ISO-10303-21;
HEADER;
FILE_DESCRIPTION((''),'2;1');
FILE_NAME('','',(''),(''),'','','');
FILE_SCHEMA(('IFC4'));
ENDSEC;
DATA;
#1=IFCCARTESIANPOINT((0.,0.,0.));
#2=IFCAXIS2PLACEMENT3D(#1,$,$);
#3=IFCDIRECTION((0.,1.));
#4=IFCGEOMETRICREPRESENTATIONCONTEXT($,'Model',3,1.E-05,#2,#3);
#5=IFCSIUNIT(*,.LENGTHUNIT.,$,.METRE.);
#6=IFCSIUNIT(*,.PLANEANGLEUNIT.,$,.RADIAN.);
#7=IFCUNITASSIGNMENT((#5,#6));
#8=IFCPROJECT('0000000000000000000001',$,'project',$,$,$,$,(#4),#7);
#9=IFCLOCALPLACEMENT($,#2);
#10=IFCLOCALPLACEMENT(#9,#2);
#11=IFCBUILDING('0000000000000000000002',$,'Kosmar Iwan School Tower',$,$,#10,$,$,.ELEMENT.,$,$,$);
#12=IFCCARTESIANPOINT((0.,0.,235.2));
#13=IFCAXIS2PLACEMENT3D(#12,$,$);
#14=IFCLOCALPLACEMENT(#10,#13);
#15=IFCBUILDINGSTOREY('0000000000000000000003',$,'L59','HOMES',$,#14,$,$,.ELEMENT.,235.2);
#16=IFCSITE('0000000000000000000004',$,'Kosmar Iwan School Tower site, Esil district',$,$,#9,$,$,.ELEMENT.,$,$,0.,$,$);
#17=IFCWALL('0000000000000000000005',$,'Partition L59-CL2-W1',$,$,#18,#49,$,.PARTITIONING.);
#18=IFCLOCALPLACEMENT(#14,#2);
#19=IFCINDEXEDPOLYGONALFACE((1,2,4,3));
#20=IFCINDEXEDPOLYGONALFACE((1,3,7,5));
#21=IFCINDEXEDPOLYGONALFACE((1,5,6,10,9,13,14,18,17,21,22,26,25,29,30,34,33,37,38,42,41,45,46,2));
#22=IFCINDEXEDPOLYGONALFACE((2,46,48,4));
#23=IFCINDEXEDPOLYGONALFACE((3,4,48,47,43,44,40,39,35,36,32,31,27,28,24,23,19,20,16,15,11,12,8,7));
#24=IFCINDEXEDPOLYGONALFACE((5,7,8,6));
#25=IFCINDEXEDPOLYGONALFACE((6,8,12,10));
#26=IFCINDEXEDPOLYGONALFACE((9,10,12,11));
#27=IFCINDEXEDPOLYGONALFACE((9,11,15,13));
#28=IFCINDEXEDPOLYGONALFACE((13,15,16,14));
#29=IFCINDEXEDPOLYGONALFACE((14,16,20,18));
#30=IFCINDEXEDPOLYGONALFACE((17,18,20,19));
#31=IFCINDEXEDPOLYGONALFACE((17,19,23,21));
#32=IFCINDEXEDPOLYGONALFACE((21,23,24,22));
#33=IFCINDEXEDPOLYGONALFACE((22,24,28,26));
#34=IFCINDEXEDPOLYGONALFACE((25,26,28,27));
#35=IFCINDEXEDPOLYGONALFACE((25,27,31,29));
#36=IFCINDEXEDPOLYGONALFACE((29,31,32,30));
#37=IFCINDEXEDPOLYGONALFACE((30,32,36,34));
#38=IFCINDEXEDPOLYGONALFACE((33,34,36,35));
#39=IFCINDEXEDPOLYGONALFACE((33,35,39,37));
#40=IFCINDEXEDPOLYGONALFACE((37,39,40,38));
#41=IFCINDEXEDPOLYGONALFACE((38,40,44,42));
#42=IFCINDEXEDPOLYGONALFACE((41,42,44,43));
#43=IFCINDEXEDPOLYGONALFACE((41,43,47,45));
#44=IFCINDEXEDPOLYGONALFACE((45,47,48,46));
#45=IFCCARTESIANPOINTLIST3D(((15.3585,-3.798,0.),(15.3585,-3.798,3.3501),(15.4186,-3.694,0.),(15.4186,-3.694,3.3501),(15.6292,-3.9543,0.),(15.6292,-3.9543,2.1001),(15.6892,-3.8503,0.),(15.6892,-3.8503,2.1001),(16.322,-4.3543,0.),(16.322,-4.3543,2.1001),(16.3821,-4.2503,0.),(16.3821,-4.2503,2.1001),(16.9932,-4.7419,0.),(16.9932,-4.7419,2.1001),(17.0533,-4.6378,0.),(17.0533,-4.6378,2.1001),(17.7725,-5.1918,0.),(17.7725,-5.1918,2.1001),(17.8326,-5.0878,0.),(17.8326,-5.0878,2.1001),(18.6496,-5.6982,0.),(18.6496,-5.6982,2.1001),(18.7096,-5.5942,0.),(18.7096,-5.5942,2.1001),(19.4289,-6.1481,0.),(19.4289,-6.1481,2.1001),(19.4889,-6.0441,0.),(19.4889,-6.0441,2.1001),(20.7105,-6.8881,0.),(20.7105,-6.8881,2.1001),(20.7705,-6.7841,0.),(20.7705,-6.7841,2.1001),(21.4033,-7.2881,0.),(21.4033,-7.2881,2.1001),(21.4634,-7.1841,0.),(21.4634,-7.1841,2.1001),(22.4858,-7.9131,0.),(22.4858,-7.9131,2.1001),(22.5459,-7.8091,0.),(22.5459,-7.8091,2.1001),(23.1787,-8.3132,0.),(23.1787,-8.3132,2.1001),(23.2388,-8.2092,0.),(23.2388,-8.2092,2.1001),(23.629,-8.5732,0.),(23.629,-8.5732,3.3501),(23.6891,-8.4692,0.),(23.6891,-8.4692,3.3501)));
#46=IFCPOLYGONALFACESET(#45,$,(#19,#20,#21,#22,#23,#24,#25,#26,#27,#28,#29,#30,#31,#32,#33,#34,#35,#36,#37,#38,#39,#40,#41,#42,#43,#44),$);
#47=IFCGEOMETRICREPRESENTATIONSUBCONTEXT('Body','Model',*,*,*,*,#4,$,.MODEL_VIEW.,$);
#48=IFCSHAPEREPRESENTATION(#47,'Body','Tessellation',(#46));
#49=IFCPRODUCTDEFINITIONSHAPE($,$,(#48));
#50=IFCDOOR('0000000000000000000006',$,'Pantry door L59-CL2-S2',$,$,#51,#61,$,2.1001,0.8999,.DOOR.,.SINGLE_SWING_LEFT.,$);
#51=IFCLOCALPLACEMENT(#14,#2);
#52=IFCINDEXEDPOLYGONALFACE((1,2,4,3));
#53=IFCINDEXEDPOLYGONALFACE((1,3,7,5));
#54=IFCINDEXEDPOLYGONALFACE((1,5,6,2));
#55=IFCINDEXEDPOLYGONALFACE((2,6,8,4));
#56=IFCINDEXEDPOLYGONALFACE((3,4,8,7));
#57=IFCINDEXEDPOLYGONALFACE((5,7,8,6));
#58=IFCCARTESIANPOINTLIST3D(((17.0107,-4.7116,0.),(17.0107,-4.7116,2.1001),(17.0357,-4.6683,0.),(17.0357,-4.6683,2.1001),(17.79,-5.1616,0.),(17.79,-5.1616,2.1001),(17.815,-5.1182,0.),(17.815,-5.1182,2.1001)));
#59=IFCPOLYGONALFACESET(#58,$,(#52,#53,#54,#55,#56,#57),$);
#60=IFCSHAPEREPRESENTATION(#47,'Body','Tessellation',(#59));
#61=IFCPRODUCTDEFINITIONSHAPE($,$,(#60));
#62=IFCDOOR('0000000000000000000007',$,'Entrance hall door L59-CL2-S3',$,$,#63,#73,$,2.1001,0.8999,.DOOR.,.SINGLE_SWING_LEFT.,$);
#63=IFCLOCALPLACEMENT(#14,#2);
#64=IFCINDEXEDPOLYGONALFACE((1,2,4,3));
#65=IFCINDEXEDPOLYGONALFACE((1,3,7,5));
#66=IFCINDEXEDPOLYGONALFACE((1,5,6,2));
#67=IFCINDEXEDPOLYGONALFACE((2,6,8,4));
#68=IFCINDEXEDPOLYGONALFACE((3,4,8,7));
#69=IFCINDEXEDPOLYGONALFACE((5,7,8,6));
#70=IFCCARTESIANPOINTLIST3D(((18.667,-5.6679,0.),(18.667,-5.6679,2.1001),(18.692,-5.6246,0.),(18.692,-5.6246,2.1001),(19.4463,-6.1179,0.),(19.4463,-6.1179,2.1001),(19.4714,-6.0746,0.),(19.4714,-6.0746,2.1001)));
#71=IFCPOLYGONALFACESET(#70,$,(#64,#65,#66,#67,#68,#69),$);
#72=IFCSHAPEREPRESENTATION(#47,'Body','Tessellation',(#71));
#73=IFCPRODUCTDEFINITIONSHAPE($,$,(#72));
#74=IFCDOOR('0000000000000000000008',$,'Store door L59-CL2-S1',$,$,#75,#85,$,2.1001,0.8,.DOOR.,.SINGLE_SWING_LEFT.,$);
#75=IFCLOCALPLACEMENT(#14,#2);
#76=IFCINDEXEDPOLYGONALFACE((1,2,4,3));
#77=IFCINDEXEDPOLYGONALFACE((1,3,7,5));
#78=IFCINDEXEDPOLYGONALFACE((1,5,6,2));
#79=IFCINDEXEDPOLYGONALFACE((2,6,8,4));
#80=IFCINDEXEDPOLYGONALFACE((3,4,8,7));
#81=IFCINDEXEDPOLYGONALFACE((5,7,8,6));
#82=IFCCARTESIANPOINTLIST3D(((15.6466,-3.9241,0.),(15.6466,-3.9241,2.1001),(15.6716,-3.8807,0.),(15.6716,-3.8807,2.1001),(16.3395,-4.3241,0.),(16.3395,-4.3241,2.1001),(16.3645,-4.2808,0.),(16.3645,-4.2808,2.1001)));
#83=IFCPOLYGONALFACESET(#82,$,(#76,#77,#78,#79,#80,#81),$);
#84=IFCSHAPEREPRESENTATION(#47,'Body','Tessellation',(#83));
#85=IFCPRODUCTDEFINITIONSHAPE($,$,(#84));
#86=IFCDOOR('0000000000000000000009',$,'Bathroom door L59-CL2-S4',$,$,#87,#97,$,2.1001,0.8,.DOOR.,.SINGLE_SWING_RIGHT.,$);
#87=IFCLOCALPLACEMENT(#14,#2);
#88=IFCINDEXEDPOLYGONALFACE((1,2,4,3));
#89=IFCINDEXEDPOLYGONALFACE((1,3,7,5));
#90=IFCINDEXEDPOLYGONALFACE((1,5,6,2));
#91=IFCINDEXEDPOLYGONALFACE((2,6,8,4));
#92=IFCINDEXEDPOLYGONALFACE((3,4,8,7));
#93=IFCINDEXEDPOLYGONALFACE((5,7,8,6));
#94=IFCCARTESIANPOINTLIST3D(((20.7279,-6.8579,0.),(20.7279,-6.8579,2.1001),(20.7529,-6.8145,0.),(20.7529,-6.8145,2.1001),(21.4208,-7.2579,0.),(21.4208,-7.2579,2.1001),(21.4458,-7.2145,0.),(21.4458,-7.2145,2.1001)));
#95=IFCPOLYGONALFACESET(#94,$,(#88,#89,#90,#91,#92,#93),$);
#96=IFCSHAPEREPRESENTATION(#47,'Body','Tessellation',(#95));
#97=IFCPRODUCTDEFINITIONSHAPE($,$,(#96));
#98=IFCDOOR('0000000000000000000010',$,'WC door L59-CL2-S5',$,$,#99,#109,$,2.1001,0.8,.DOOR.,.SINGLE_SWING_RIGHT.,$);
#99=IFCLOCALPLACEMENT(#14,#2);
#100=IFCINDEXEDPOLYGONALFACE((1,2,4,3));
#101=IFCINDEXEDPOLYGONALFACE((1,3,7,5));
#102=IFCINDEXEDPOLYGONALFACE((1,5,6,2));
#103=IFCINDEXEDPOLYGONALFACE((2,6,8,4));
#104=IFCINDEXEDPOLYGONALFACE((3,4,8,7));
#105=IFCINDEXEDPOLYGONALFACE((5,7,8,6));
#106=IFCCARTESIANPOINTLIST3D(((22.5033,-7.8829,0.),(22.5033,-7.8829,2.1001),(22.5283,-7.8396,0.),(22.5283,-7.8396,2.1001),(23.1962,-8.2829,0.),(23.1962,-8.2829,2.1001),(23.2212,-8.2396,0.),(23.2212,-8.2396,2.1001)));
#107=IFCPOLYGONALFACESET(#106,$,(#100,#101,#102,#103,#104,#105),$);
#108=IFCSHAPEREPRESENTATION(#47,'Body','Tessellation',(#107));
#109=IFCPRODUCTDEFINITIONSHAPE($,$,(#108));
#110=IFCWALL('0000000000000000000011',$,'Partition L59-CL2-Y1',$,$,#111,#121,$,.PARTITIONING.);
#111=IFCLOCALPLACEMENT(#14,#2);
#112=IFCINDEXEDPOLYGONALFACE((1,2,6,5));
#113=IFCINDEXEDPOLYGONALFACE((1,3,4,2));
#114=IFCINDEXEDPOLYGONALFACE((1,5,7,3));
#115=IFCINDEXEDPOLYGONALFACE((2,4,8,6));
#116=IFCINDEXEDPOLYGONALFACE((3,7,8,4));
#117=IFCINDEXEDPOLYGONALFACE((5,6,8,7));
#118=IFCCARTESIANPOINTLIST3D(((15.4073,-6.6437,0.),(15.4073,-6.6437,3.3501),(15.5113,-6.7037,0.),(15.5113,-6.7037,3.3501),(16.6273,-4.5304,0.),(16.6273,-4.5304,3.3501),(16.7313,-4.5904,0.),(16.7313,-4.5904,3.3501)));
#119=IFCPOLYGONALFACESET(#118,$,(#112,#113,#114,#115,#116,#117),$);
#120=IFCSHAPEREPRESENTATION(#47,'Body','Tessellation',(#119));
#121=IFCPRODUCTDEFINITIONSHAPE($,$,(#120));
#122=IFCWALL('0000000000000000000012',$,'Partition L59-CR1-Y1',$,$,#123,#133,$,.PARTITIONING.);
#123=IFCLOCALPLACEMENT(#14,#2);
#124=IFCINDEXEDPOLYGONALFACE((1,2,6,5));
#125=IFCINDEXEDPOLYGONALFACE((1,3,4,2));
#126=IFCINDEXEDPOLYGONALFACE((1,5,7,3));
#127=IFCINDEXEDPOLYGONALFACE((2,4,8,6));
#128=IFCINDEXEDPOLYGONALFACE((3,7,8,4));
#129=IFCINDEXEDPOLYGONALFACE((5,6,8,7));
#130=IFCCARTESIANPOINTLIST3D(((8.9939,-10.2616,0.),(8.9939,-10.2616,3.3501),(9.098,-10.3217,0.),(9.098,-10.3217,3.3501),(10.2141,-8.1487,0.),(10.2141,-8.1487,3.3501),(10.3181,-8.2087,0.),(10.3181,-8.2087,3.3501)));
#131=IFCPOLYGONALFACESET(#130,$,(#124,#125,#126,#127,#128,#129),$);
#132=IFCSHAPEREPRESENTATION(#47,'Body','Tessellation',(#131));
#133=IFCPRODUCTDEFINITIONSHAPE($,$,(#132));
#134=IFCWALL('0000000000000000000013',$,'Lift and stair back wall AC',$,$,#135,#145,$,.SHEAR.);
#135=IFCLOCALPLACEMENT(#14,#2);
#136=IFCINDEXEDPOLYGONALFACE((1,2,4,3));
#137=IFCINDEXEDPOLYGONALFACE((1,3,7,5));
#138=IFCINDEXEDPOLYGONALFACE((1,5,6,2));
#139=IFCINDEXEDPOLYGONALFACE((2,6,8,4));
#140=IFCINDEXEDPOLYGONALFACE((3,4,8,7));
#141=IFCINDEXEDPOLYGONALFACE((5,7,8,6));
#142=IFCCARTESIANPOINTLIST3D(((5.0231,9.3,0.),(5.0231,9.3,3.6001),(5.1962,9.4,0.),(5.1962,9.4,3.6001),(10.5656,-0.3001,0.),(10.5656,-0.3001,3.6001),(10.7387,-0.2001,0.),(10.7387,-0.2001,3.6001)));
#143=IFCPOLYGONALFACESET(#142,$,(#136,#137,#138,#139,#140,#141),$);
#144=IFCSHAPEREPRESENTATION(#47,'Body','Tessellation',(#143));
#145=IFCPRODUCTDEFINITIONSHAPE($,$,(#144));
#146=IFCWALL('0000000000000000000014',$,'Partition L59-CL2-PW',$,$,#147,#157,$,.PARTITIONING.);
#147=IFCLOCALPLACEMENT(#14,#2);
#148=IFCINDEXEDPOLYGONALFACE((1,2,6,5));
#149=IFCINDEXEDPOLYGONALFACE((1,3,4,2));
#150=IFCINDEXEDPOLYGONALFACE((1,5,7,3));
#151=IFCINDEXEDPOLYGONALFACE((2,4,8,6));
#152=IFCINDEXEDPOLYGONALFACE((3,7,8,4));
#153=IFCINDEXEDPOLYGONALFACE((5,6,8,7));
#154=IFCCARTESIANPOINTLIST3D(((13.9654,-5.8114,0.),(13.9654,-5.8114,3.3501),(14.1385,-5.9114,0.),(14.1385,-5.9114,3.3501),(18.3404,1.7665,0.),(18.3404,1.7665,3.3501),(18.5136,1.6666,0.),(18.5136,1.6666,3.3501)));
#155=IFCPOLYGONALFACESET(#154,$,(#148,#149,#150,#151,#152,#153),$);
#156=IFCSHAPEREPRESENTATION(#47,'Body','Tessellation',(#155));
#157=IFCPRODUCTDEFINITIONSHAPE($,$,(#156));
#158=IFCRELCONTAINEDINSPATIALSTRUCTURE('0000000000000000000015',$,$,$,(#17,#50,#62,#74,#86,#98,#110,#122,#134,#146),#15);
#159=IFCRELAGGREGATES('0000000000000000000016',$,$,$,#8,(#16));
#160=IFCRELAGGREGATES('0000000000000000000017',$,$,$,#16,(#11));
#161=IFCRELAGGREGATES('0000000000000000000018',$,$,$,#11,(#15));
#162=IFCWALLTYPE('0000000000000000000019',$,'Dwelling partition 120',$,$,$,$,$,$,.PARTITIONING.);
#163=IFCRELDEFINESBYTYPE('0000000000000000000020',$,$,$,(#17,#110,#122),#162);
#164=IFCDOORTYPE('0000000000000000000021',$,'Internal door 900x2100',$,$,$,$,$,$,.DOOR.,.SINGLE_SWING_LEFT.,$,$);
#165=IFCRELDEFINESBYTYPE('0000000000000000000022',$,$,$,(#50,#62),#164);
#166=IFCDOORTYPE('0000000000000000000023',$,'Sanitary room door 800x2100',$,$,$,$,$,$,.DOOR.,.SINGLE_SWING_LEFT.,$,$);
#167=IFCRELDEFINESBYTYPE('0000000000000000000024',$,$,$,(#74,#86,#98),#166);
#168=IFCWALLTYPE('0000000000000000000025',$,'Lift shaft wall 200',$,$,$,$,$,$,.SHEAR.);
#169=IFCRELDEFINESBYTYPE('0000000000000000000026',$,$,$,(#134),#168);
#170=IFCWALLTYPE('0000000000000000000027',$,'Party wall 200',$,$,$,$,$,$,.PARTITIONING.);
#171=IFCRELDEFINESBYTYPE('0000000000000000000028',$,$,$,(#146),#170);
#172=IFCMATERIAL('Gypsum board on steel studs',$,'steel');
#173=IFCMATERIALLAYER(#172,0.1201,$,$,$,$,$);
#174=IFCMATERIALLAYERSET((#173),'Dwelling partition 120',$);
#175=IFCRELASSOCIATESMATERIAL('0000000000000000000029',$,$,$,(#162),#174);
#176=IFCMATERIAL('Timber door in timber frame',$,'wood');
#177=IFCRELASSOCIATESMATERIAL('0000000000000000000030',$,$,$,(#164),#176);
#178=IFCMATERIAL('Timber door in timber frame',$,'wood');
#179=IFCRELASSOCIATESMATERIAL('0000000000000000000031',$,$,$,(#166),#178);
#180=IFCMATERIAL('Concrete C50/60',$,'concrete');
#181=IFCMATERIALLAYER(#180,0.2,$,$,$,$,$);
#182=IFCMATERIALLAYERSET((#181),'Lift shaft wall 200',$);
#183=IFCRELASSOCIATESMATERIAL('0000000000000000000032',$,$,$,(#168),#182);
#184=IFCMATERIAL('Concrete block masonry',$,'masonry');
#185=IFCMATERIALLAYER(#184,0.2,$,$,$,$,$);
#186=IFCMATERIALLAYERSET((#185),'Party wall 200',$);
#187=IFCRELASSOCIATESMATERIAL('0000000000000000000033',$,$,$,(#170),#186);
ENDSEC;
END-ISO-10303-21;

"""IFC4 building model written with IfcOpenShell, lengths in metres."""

from ifc_helpers import new_model, si_unit, direction, frame, frame_2d, origin, place, context, subcontext, project, spatial, rectangle, extrude, material, layer, layer_set, type_object, element, fill, save


model = new_model("IFC4")

# Units and contexts
model_context = context("Model", 3, precision=1e-05, world=origin(), true_north=direction((0.0, 1.0)))
body_context = subcontext(model_context, "Body", "Model", "MODEL_VIEW")
ifc_project = project(units=[si_unit("LENGTHUNIT", "METRE"), si_unit("PLANEANGLEUNIT", "RADIAN")], contexts=[model_context])

# Site, building, storey
site_placement = place(None, origin())
site = spatial("IfcSite", under=ifc_project, at=site_placement, Name="Kosmar Iwan School Tower site, Esil district", CompositionType="ELEMENT", RefElevation=0.0)
building_placement = place(site_placement, origin())
building = spatial("IfcBuilding", under=site, at=building_placement, Name="Kosmar Iwan School Tower", CompositionType="ELEMENT")
storey_placement = place(building_placement, frame((0.0, 0.0, 235.2)))
storey = spatial("IfcBuildingStorey", under=building, at=storey_placement, Name="L59", Description="HOMES", CompositionType="ELEMENT", Elevation=235.2)

# Shared definitions
ifc_material_1 = material(Name="Gypsum board on steel studs", Category="steel")
ifc_layer_1 = layer(ifc_material_1, 0.1201)
ifc_layer_set_1 = layer_set([ifc_layer_1], Name="Dwelling partition 120")
wall_type_1 = type_object("IfcWallType", Name="Dwelling partition 120", PredefinedType="PARTITIONING", material=ifc_layer_set_1)
ifc_material_2 = material(Name="Timber door in timber frame", Category="wood")
door_type_1 = type_object("IfcDoorType", Name="Internal door 900x2100", OperationType="SINGLE_SWING_LEFT", PredefinedType="DOOR", material=ifc_material_2)
ifc_material_3 = material(Name="Timber door in timber frame", Category="wood")
door_type_2 = type_object("IfcDoorType", Name="Sanitary room door 800x2100", OperationType="SINGLE_SWING_LEFT", PredefinedType="DOOR", material=ifc_material_3)

# Wall, openings, doors
wall_1_placement = place(storey_placement, frame((15.3887, -3.7461, 0.0), z_axis=(0.0, 0.0, 1.0), x_axis=(0.866018, -0.500013, 0.0)))
wall_1 = element("IfcWall", 1, at=wall_1_placement, inside=storey, type_object=wall_type_1, Name="Partition L59-CL2-W1", PredefinedType="PARTITIONING", context=body_context, shape_type="SweptSolid", body=[
    extrude(rectangle(XDim=9.55, YDim=0.1201, at=frame_2d((4.7749, 0.0))), origin(), (0.0, 0.0, 1.0), 3.3501),
])
opening_1_placement = place(wall_1_placement, frame((0.3125, 0.0, 0.0)))
opening_1 = element("IfcOpeningElement", 2, at=opening_1_placement, cuts=wall_1, PredefinedType="OPENING", context=body_context, shape_type="SweptSolid", body=[
    extrude(rectangle(XDim=0.8, YDim=2.1001, at=frame_2d((0.3999, 1.05))), frame((0.0, 0.072, 0.0), z_axis=(0.0, -1.0, 0.0), x_axis=(1.0, 0.0, 0.0)), (0.0, 0.0, 1.0), 0.144),
])
opening_2_placement = place(wall_1_placement, frame((1.8875, 0.0, 0.0)))
opening_2 = element("IfcOpeningElement", 3, at=opening_2_placement, cuts=wall_1, PredefinedType="OPENING", context=body_context, shape_type="SweptSolid", body=[
    extrude(rectangle(XDim=0.8999, YDim=2.1001, at=frame_2d((0.45, 1.05))), frame((0.0, 0.072, 0.0), z_axis=(0.0, -1.0, 0.0), x_axis=(1.0, 0.0, 0.0)), (0.0, 0.0, 1.0), 0.144),
])
opening_3_placement = place(wall_1_placement, frame((3.8, 0.0, 0.0)))
opening_3 = element("IfcOpeningElement", 4, at=opening_3_placement, cuts=wall_1, PredefinedType="OPENING", context=body_context, shape_type="SweptSolid", body=[
    extrude(rectangle(XDim=0.8999, YDim=2.1001, at=frame_2d((0.45, 1.05))), frame((0.0, 0.072, 0.0), z_axis=(0.0, -1.0, 0.0), x_axis=(1.0, 0.0, 0.0)), (0.0, 0.0, 1.0), 0.144),
])
opening_4_placement = place(wall_1_placement, frame((6.1799, 0.0, 0.0)))
opening_4 = element("IfcOpeningElement", 5, at=opening_4_placement, cuts=wall_1, PredefinedType="OPENING", context=body_context, shape_type="SweptSolid", body=[
    extrude(rectangle(XDim=0.8, YDim=2.1001, at=frame_2d((0.3999, 1.05))), frame((0.0, 0.072, 0.0), z_axis=(0.0, -1.0, 0.0), x_axis=(1.0, 0.0, 0.0)), (0.0, 0.0, 1.0), 0.144),
])
opening_5_placement = place(wall_1_placement, frame((8.23, 0.0, 0.0)))
opening_5 = element("IfcOpeningElement", 6, at=opening_5_placement, cuts=wall_1, PredefinedType="OPENING", context=body_context, shape_type="SweptSolid", body=[
    extrude(rectangle(XDim=0.8, YDim=2.1001, at=frame_2d((0.3999, 1.05))), frame((0.0, 0.072, 0.0), z_axis=(0.0, -1.0, 0.0), x_axis=(1.0, 0.0, 0.0)), (0.0, 0.0, 1.0), 0.144),
])
door_1_placement = place(opening_2_placement, origin())
door_1 = element("IfcDoor", 7, at=door_1_placement, inside=storey, type_object=door_type_1, Name="Pantry door L59-CL2-S2", OperationType="SINGLE_SWING_LEFT", OverallHeight=2.1001, OverallWidth=0.8999, PredefinedType="DOOR", context=body_context, shape_type="SweptSolid", body=[
    extrude(rectangle(XDim=0.8999, YDim=2.1001, at=frame_2d((0.45, 1.05))), frame((0.0, 0.0249, 0.0), z_axis=(0.0, -1.0, 0.0), x_axis=(1.0, 0.0, 0.0)), (0.0, 0.0, 1.0), 0.05),
])
fill(opening_2, door_1)
door_2_placement = place(opening_3_placement, origin())
door_2 = element("IfcDoor", 8, at=door_2_placement, inside=storey, type_object=door_type_1, Name="Entrance hall door L59-CL2-S3", OperationType="SINGLE_SWING_LEFT", OverallHeight=2.1001, OverallWidth=0.8999, PredefinedType="DOOR", context=body_context, shape_type="SweptSolid", body=[
    extrude(rectangle(XDim=0.8999, YDim=2.1001, at=frame_2d((0.45, 1.05))), frame((0.0, 0.0249, 0.0), z_axis=(0.0, -1.0, 0.0), x_axis=(1.0, 0.0, 0.0)), (0.0, 0.0, 1.0), 0.05),
])
fill(opening_3, door_2)
door_3_placement = place(opening_1_placement, origin())
door_3 = element("IfcDoor", 9, at=door_3_placement, inside=storey, type_object=door_type_2, Name="Store door L59-CL2-S1", OperationType="SINGLE_SWING_LEFT", OverallHeight=2.1001, OverallWidth=0.8, PredefinedType="DOOR", context=body_context, shape_type="SweptSolid", body=[
    extrude(rectangle(XDim=0.8, YDim=2.1001, at=frame_2d((0.3999, 1.05))), frame((0.0, 0.0249, 0.0), z_axis=(0.0, -1.0, 0.0), x_axis=(1.0, 0.0, 0.0)), (0.0, 0.0, 1.0), 0.05),
])
fill(opening_1, door_3)
door_4_placement = place(opening_4_placement, origin())
door_4 = element("IfcDoor", 10, at=door_4_placement, inside=storey, type_object=door_type_2, Name="Bathroom door L59-CL2-S4", OperationType="SINGLE_SWING_RIGHT", OverallHeight=2.1001, OverallWidth=0.8, PredefinedType="DOOR", context=body_context, shape_type="SweptSolid", body=[
    extrude(rectangle(XDim=0.8, YDim=2.1001, at=frame_2d((0.3999, 1.05))), frame((0.0, 0.0249, 0.0), z_axis=(0.0, -1.0, 0.0), x_axis=(1.0, 0.0, 0.0)), (0.0, 0.0, 1.0), 0.05),
])
fill(opening_4, door_4)
door_5_placement = place(opening_5_placement, origin())
door_5 = element("IfcDoor", 11, at=door_5_placement, inside=storey, type_object=door_type_2, Name="WC door L59-CL2-S5", OperationType="SINGLE_SWING_RIGHT", OverallHeight=2.1001, OverallWidth=0.8, PredefinedType="DOOR", context=body_context, shape_type="SweptSolid", body=[
    extrude(rectangle(XDim=0.8, YDim=2.1001, at=frame_2d((0.3999, 1.05))), frame((0.0, 0.0249, 0.0), z_axis=(0.0, -1.0, 0.0), x_axis=(1.0, 0.0, 0.0)), (0.0, 0.0, 1.0), 0.05),
])
fill(opening_5, door_5)

# Walls
wall_2_placement = place(storey_placement, frame((15.4592, -6.6738, 0.0), z_axis=(0.0, 0.0, 1.0), x_axis=(0.499959, 0.866049, 0.0)))
element("IfcWall", 12, at=wall_2_placement, inside=storey, type_object=wall_type_1, Name="Partition L59-CL2-Y1", PredefinedType="PARTITIONING", context=body_context, shape_type="SweptSolid", body=[
    extrude(rectangle(XDim=2.4402, YDim=0.1201, at=frame_2d((1.2202, 0.0))), origin(), (0.0, 0.0, 1.0), 3.3501),
])
wall_3_placement = place(storey_placement, frame((10.2661, -8.1787, 0.0), z_axis=(0.0, 0.0, 1.0), x_axis=(-0.500078, -0.865981, 0.0)))
element("IfcWall", 13, at=wall_3_placement, inside=storey, type_object=wall_type_1, Name="Partition L59-CR1-Y1", PredefinedType="PARTITIONING", context=body_context, shape_type="SweptSolid", body=[
    extrude(rectangle(XDim=2.4399, YDim=0.1201, at=frame_2d((1.22, 0.0))), origin(), (0.0, 0.0, 1.0), 3.3501),
])
ifc_material_4 = material(Name="Concrete C50/60", Category="concrete")
ifc_layer_2 = layer(ifc_material_4, 0.2)
ifc_layer_set_2 = layer_set([ifc_layer_2], Name="Lift shaft wall 200")
wall_type_2 = type_object("IfcWallType", Name="Lift shaft wall 200", PredefinedType="SHEAR", material=ifc_layer_set_2)
wall_4_placement = place(storey_placement, frame((10.6521, -0.25, 0.0), z_axis=(0.0, 0.0, 1.0), x_axis=(-0.499991, 0.866031, 0.0)))
element("IfcWall", 14, at=wall_4_placement, inside=storey, type_object=wall_type_2, Name="Lift and stair back wall AC", PredefinedType="SHEAR", context=body_context, shape_type="SweptSolid", body=[
    extrude(rectangle(XDim=11.0852, YDim=0.2, at=frame_2d((5.5425, 0.0))), origin(), (0.0, 0.0, 1.0), 3.6001),
])
ifc_material_5 = material(Name="Concrete block masonry", Category="masonry")
ifc_layer_3 = layer(ifc_material_5, 0.2)
ifc_layer_set_3 = layer_set([ifc_layer_3], Name="Party wall 200")
wall_type_3 = type_object("IfcWallType", Name="Party wall 200", PredefinedType="PARTITIONING", material=ifc_layer_set_3)
wall_5_placement = place(storey_placement, frame((14.052, -5.8613, 0.0), z_axis=(0.0, 0.0, 1.0), x_axis=(0.499992, 0.86603, 0.0)))
element("IfcWall", 15, at=wall_5_placement, inside=storey, type_object=wall_type_3, Name="Partition L59-CL2-PW", PredefinedType="PARTITIONING", context=body_context, shape_type="SweptSolid", body=[
    extrude(rectangle(XDim=8.7502, YDim=0.2, at=frame_2d((4.375, 0.0))), origin(), (0.0, 0.0, 1.0), 3.3501),
])

save(model, "model.ifc")
